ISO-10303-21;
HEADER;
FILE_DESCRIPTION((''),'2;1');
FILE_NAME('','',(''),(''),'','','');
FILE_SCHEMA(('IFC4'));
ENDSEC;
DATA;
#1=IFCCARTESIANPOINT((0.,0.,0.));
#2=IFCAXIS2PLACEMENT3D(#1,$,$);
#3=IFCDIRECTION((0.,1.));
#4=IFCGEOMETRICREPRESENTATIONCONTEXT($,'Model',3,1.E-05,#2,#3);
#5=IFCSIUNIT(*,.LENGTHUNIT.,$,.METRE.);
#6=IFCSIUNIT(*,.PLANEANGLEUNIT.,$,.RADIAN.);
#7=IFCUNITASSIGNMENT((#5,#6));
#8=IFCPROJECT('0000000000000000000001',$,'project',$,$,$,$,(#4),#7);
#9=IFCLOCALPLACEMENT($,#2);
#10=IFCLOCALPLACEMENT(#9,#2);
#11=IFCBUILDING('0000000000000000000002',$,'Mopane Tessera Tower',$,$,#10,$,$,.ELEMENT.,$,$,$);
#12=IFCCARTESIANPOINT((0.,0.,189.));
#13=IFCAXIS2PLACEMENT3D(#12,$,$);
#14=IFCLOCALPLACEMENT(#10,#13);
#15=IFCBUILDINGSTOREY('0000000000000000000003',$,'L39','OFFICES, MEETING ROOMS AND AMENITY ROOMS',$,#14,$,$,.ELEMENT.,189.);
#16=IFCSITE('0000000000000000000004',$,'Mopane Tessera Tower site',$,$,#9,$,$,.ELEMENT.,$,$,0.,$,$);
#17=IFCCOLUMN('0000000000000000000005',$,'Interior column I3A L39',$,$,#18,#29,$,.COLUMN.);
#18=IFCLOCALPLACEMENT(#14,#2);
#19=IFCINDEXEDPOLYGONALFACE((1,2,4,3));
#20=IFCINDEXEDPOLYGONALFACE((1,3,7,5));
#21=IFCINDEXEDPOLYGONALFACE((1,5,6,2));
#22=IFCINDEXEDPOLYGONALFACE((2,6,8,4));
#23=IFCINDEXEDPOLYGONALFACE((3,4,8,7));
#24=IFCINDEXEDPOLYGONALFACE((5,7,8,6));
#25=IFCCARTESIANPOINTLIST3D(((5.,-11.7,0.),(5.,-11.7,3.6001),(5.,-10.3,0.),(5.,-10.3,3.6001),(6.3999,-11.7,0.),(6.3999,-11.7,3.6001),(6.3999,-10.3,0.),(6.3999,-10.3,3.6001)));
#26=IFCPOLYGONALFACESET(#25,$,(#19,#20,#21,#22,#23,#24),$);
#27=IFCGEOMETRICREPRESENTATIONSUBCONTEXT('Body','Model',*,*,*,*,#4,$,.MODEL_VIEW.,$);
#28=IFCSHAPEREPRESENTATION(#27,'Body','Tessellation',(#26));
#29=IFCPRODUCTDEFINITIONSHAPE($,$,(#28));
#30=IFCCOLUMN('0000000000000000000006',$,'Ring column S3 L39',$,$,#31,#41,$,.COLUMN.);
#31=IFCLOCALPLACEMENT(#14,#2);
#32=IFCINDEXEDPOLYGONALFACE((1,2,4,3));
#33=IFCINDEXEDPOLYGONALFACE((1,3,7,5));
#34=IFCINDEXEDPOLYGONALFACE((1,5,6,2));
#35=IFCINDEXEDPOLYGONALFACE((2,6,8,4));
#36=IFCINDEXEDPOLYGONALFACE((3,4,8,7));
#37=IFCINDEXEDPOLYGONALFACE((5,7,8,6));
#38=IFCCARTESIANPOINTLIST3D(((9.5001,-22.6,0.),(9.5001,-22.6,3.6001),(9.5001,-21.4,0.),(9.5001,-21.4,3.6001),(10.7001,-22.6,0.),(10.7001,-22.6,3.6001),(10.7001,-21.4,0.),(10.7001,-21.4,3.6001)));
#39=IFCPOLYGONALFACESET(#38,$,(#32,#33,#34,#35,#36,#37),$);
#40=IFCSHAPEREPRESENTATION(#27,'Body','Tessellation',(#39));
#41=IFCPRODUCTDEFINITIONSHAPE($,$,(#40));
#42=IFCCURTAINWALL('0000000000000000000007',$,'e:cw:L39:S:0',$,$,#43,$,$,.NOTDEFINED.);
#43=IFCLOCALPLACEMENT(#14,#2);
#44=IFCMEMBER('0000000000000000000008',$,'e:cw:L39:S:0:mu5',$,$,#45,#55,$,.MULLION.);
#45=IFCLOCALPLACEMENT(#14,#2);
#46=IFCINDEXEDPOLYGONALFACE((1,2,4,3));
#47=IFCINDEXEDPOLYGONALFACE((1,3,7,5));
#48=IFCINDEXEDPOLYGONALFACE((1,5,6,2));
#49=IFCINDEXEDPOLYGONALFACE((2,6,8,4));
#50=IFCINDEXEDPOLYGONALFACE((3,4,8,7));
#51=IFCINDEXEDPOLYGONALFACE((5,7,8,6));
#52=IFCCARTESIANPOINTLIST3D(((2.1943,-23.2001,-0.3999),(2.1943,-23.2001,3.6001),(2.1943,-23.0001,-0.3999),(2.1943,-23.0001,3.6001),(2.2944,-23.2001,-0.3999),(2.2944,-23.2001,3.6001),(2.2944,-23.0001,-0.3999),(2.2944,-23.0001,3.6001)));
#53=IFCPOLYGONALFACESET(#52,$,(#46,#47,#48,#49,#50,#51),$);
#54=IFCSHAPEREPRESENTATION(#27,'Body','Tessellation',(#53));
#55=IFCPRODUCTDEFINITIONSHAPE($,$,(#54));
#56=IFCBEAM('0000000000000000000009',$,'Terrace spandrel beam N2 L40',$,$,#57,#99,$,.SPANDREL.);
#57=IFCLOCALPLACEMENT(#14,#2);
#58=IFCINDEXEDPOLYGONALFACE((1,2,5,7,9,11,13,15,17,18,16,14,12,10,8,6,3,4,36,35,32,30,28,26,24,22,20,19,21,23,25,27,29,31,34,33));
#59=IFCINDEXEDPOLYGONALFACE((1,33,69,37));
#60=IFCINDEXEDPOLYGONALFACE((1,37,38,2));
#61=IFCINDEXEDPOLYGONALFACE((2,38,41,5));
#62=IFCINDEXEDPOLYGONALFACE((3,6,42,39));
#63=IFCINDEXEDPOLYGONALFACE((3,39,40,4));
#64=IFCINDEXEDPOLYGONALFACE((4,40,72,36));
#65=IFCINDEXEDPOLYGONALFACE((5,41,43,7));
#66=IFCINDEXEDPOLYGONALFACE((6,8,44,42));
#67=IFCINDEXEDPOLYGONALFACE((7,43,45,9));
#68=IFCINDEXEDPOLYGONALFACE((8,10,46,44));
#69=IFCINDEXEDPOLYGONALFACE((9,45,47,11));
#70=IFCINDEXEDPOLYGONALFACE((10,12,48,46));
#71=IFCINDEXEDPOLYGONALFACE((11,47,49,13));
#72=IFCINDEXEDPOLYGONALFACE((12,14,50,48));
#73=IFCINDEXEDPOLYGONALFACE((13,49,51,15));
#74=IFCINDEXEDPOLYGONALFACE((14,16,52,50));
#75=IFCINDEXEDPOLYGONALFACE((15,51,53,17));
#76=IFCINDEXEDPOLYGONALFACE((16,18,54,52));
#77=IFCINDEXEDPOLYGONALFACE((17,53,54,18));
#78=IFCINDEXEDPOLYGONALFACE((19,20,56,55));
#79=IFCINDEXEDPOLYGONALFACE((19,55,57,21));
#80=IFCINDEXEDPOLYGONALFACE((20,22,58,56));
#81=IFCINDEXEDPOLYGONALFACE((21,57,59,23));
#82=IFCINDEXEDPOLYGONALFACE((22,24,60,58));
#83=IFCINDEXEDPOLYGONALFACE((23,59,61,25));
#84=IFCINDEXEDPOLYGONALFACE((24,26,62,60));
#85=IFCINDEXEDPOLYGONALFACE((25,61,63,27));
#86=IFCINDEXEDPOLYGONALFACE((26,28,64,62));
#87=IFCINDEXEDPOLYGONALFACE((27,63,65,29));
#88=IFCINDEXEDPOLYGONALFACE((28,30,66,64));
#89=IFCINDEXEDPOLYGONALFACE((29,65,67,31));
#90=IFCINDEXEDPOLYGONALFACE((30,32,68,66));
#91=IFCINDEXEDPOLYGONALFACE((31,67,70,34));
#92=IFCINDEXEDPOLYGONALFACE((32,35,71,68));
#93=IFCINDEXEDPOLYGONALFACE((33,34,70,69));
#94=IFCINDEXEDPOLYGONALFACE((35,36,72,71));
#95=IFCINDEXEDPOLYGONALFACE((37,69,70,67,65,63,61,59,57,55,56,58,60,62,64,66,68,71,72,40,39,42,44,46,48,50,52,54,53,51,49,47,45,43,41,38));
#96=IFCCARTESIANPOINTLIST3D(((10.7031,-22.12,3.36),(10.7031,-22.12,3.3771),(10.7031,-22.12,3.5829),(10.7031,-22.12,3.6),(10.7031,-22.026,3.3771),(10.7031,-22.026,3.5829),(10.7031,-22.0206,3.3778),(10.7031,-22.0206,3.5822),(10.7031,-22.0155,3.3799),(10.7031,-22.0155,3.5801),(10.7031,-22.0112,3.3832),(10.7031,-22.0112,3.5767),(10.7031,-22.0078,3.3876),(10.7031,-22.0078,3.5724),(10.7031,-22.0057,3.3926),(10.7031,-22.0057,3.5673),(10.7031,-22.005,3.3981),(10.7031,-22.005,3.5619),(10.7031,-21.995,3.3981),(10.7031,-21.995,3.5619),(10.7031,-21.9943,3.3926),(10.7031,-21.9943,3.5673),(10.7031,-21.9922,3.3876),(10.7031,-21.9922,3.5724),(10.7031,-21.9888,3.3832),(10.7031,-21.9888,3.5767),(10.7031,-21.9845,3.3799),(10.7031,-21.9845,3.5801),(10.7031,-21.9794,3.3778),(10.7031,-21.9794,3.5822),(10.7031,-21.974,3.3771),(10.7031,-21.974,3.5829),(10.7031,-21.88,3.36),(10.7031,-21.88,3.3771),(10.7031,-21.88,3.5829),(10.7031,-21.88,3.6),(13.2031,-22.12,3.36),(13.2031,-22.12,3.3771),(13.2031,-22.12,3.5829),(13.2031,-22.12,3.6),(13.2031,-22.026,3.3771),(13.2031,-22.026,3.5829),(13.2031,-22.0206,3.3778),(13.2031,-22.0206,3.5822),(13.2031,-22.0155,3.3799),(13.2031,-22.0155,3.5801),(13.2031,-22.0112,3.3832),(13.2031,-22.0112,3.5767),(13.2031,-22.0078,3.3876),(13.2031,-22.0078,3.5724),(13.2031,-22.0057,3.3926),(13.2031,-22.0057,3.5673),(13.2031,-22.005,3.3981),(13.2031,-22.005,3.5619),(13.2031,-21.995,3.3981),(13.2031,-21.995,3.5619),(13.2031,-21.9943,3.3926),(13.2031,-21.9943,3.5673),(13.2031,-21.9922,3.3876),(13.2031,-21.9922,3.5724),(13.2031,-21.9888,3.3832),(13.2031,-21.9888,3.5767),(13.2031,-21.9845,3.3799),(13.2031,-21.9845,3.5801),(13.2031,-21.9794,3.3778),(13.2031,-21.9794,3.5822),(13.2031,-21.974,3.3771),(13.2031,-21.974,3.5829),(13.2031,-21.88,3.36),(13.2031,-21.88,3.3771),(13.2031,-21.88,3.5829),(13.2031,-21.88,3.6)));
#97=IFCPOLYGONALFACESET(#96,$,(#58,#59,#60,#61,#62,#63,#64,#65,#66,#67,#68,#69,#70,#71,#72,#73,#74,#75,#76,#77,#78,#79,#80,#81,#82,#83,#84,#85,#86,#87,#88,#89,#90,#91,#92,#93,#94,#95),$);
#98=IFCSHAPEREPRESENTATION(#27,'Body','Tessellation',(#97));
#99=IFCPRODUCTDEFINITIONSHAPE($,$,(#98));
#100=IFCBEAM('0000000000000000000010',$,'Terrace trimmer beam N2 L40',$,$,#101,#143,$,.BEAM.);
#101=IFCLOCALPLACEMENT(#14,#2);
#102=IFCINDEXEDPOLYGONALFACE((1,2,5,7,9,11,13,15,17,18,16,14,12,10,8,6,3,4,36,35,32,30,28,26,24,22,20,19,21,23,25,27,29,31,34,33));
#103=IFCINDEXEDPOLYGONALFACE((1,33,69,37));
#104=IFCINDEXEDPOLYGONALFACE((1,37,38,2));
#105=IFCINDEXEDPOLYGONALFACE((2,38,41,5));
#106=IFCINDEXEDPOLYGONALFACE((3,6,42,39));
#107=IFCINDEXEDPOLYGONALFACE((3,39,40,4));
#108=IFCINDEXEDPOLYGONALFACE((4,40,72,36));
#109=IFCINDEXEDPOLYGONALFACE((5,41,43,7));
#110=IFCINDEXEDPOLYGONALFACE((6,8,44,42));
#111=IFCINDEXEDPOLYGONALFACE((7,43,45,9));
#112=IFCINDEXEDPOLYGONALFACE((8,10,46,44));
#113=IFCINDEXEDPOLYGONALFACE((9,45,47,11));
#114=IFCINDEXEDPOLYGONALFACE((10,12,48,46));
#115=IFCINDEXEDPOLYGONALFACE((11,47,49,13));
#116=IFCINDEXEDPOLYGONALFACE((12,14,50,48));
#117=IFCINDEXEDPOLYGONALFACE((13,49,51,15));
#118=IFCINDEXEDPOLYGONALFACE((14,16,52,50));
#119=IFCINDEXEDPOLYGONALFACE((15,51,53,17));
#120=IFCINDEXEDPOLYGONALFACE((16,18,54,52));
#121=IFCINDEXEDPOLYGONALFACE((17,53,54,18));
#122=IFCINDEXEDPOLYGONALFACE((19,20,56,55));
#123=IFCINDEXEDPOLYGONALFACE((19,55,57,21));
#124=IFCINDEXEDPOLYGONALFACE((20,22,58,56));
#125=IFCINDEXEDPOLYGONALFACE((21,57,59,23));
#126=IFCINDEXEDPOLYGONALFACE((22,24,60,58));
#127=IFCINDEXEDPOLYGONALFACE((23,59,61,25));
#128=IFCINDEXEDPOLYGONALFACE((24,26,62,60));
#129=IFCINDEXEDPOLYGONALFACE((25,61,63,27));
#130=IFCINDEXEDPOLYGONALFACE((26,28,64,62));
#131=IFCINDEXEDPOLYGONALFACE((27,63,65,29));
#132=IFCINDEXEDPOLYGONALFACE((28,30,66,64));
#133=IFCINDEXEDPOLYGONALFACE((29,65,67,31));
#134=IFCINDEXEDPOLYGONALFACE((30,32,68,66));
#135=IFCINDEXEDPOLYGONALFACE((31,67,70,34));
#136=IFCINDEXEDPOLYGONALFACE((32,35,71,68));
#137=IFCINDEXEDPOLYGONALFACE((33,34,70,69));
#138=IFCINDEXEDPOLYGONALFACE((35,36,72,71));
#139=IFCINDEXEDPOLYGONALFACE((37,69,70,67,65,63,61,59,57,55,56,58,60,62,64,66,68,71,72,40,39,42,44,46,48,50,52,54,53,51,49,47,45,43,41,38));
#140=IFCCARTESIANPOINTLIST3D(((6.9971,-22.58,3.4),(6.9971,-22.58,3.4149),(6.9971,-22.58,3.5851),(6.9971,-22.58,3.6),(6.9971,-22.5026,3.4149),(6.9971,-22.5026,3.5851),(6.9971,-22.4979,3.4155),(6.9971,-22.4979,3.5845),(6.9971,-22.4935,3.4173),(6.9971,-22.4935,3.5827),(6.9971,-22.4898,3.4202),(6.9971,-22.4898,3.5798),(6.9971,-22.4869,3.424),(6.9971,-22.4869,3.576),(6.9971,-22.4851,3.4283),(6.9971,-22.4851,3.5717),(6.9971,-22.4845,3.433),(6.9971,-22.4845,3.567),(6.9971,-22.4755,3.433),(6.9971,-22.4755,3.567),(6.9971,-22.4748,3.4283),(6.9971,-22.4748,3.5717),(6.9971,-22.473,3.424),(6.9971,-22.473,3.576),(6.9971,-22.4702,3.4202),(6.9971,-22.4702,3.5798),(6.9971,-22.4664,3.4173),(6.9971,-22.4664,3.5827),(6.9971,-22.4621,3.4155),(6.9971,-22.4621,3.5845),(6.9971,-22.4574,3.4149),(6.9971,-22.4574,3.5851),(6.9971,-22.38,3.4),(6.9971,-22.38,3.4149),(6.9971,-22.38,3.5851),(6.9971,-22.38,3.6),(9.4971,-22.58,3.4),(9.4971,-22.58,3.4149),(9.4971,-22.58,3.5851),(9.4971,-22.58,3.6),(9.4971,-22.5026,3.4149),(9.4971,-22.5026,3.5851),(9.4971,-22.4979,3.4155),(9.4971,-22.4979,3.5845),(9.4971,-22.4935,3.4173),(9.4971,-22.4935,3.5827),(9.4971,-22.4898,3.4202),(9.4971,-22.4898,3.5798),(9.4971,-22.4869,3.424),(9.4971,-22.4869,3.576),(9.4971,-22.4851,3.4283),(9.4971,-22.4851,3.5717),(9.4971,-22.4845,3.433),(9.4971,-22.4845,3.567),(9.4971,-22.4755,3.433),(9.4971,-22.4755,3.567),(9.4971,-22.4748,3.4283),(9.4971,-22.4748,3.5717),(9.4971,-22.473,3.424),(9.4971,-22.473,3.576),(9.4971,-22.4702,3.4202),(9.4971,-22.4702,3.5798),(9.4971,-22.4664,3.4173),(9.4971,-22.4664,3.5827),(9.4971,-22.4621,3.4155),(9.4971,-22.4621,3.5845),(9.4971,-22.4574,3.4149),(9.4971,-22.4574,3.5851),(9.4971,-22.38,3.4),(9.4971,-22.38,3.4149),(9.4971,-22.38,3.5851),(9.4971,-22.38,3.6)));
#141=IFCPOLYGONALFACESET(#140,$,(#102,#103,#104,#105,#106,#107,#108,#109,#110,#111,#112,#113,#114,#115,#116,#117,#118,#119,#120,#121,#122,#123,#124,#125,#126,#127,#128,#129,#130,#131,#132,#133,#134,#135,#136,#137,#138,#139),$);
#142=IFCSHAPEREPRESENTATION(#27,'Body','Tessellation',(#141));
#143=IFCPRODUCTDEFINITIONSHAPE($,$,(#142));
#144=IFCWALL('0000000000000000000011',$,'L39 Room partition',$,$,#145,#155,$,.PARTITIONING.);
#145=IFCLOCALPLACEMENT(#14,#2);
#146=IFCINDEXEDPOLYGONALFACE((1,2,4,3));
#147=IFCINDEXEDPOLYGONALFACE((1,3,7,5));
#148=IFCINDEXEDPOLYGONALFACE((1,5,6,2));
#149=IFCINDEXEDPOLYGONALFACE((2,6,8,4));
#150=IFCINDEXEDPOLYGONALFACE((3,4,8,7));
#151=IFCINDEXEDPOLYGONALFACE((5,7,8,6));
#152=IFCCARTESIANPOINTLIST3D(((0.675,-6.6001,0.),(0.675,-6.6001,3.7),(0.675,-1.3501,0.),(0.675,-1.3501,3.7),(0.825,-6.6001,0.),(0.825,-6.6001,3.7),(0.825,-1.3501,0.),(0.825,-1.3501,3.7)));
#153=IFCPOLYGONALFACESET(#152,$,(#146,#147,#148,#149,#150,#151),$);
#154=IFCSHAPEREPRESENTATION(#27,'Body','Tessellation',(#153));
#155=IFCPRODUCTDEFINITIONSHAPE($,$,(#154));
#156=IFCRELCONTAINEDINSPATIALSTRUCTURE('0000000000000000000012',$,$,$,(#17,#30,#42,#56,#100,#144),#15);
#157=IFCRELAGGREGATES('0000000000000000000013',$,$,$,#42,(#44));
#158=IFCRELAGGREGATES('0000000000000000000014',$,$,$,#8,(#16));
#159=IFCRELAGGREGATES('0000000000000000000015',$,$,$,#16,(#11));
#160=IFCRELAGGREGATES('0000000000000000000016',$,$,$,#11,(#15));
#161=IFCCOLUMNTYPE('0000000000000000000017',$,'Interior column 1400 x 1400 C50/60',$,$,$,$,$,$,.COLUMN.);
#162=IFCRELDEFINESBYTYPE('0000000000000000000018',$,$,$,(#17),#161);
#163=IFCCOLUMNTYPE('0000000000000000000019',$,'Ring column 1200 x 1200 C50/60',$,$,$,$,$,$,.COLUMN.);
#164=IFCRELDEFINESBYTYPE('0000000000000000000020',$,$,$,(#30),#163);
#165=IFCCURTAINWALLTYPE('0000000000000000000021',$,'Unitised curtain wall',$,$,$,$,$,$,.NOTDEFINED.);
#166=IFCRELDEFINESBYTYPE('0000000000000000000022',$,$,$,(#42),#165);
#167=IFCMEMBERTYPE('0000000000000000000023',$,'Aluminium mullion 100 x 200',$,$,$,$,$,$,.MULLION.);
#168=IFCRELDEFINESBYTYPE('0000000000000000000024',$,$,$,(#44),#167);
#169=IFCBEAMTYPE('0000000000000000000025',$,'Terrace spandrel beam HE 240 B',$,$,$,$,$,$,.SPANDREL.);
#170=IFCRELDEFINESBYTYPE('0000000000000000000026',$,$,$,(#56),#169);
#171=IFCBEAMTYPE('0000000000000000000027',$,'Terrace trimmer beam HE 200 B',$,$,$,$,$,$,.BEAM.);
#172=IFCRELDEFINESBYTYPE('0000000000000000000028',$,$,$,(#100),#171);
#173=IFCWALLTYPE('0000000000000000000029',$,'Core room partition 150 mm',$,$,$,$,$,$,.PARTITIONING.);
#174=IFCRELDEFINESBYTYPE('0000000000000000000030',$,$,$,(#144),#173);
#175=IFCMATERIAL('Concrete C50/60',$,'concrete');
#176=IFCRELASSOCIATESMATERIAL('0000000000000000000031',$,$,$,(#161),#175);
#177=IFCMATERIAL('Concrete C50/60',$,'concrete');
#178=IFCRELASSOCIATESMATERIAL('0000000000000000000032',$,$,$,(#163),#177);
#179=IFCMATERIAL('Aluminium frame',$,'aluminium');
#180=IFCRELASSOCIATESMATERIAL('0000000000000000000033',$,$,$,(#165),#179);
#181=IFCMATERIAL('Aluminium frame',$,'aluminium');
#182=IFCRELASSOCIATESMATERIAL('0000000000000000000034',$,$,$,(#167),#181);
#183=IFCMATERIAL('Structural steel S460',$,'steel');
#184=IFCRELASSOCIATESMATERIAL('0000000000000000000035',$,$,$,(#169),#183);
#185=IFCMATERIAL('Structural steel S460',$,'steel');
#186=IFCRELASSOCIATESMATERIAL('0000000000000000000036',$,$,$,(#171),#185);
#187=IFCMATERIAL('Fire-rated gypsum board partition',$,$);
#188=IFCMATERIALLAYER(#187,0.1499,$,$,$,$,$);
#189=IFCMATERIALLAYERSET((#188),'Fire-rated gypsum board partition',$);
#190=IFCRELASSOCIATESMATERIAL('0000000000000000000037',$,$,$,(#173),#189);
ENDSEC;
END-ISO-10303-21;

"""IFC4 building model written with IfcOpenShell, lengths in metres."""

from ifc_helpers import new_model, si_unit, direction, frame, frame_2d, origin, origin_2d, place, context, subcontext, project, spatial, rectangle, i_section, extrude, material, layer, layer_set, material_profile, profile_set, type_object, element, aggregate, save


model = new_model("IFC4")

# Units and contexts
model_context = context("Model", 3, precision=1e-05, world=origin(), true_north=direction((0.0, 1.0)))
body_context = subcontext(model_context, "Body", "Model", "MODEL_VIEW")
ifc_project = project(units=[si_unit("LENGTHUNIT", "METRE"), si_unit("PLANEANGLEUNIT", "RADIAN")], contexts=[model_context])

# Site, building, storey
site_placement = place(None, origin())
site = spatial("IfcSite", under=ifc_project, at=site_placement, Name="Mopane Tessera Tower site", CompositionType="ELEMENT", RefElevation=0.0)
building_placement = place(site_placement, origin())
building = spatial("IfcBuilding", under=site, at=building_placement, Name="Mopane Tessera Tower", CompositionType="ELEMENT")
storey_placement = place(building_placement, frame((0.0, 0.0, 189.0)))
storey = spatial("IfcBuildingStorey", under=building, at=storey_placement, Name="L39", Description="OFFICES, MEETING ROOMS AND AMENITY ROOMS", CompositionType="ELEMENT", Elevation=189.0)

# Columns
ifc_material_1 = material(Name="Concrete C50/60", Category="concrete")
ifc_material_profile_1 = material_profile(ifc_material_1, rectangle(XDim=1.3999, YDim=1.3999, at=origin_2d()))
ifc_profile_set_1 = profile_set([ifc_material_profile_1], Name="Concrete C50/60")
column_type_1 = type_object("IfcColumnType", Name="Interior column 1400 x 1400 C50/60", PredefinedType="COLUMN", material=ifc_profile_set_1)
column_1_placement = place(storey_placement, frame((5.7, -11.0, 0.0), z_axis=(0.0, 0.0, 1.0), x_axis=(1.0, 0.0, 0.0)))
element("IfcColumn", 1, at=column_1_placement, inside=storey, type_object=column_type_1, Name="Interior column I3A L39", PredefinedType="COLUMN", context=body_context, shape_type="SweptSolid", body=[
    extrude(rectangle(XDim=1.3999, YDim=1.3999, at=origin_2d()), origin(), (0.0, 0.0, 1.0), 3.6001),
])
ifc_material_2 = material(Name="Concrete C50/60", Category="concrete")
ifc_material_profile_2 = material_profile(ifc_material_2, rectangle(XDim=1.2, YDim=1.2, at=origin_2d()))
ifc_profile_set_2 = profile_set([ifc_material_profile_2], Name="Concrete C50/60")
column_type_2 = type_object("IfcColumnType", Name="Ring column 1200 x 1200 C50/60", PredefinedType="COLUMN", material=ifc_profile_set_2)
column_2_placement = place(storey_placement, frame((10.1001, -22.0, 0.0), z_axis=(0.0, 0.0, 1.0), x_axis=(1.0, 0.0, 0.0)))
element("IfcColumn", 2, at=column_2_placement, inside=storey, type_object=column_type_2, Name="Ring column S3 L39", PredefinedType="COLUMN", context=body_context, shape_type="SweptSolid", body=[
    extrude(rectangle(XDim=1.2, YDim=1.2, at=origin_2d()), origin(), (0.0, 0.0, 1.0), 3.6001),
])

# Curtain wall, member
ifc_material_3 = material(Name="Aluminium frame", Category="aluminium")
curtain_wall_type = type_object("IfcCurtainWallType", Name="Unitised curtain wall", PredefinedType="NOTDEFINED", material=ifc_material_3)
curtain_wall_placement = place(storey_placement, origin())
curtain_wall = element("IfcCurtainWall", 3, at=curtain_wall_placement, inside=storey, type_object=curtain_wall_type, Name="e:cw:L39:S:0", PredefinedType="NOTDEFINED")
ifc_material_4 = material(Name="Aluminium frame", Category="aluminium")
ifc_material_profile_3 = material_profile(ifc_material_4, rectangle(XDim=0.1001, YDim=0.2, at=origin_2d()))
ifc_profile_set_3 = profile_set([ifc_material_profile_3], Name="Aluminium frame")
member_type = type_object("IfcMemberType", Name="Aluminium mullion 100 x 200", PredefinedType="MULLION", material=ifc_profile_set_3)
member_placement = place(storey_placement, frame((2.2444, -23.1001, -0.3999), z_axis=(0.0, 0.0, 1.0), x_axis=(1.0, 0.0, 0.0)))
member = element("IfcMember", 4, at=member_placement, type_object=member_type, Name="e:cw:L39:S:0:mu5", PredefinedType="MULLION", context=body_context, shape_type="SweptSolid", body=[
    extrude(rectangle(XDim=0.1001, YDim=0.2, at=origin_2d()), origin(), (0.0, 0.0, 1.0), 4.0),
])
aggregate(curtain_wall, [member])

# Beams
ifc_material_5 = material(Name="Structural steel S460", Category="steel")
ifc_material_profile_4 = material_profile(ifc_material_5, i_section(OverallWidth=0.24, OverallDepth=0.24, WebThickness=0.01, FlangeThickness=0.0171, FilletRadius=0.021, at=origin_2d()))
ifc_profile_set_4 = profile_set([ifc_material_profile_4], Name="Structural steel S460")
beam_type_1 = type_object("IfcBeamType", Name="Terrace spandrel beam HE 240 B", PredefinedType="SPANDREL", material=ifc_profile_set_4)
beam_1_placement = place(storey_placement, frame((10.7031, -22.0, 3.48), z_axis=(1.0, 0.0, 0.0), x_axis=(0.0, 1.0, 0.0)))
element("IfcBeam", 5, at=beam_1_placement, inside=storey, type_object=beam_type_1, Name="Terrace spandrel beam N2 L40", PredefinedType="SPANDREL", context=body_context, shape_type="SweptSolid", body=[
    extrude(i_section(OverallWidth=0.24, OverallDepth=0.24, WebThickness=0.01, FlangeThickness=0.0171, FilletRadius=0.021, at=origin_2d()), origin(), (0.0, 0.0, 1.0), 2.5),
])
ifc_material_6 = material(Name="Structural steel S460", Category="steel")
ifc_material_profile_5 = material_profile(ifc_material_6, i_section(OverallWidth=0.2, OverallDepth=0.2, WebThickness=0.009, FlangeThickness=0.0149, FilletRadius=0.0181, at=origin_2d()))
ifc_profile_set_5 = profile_set([ifc_material_profile_5], Name="Structural steel S460")
beam_type_2 = type_object("IfcBeamType", Name="Terrace trimmer beam HE 200 B", PredefinedType="BEAM", material=ifc_profile_set_5)
beam_2_placement = place(storey_placement, frame((9.4971, -22.48, 3.5), z_axis=(-1.0, 0.0, 0.0), x_axis=(0.0, -1.0, 0.0)))
element("IfcBeam", 6, at=beam_2_placement, inside=storey, type_object=beam_type_2, Name="Terrace trimmer beam N2 L40", PredefinedType="BEAM", context=body_context, shape_type="SweptSolid", body=[
    extrude(i_section(OverallWidth=0.2, OverallDepth=0.2, WebThickness=0.009, FlangeThickness=0.0149, FilletRadius=0.0181, at=origin_2d()), origin(), (0.0, 0.0, 1.0), 2.5),
])

# Wall
ifc_material_7 = material(Name="Fire-rated gypsum board partition")
ifc_layer_1 = layer(ifc_material_7, 0.1499)
ifc_layer_set_1 = layer_set([ifc_layer_1], Name="Fire-rated gypsum board partition")
wall_type_1 = type_object("IfcWallType", Name="Core room partition 150 mm", PredefinedType="PARTITIONING", material=ifc_layer_set_1)
wall_1_placement = place(storey_placement, frame((0.75, -6.6001, 0.0), z_axis=(0.0, 0.0, 1.0), x_axis=(0.0, 1.0, 0.0)))
element("IfcWall", 7, at=wall_1_placement, inside=storey, type_object=wall_type_1, Name="L39 Room partition", PredefinedType="PARTITIONING", context=body_context, shape_type="SweptSolid", body=[
    extrude(rectangle(XDim=5.25, YDim=0.1499, at=frame_2d((2.625, 0.0))), origin(), (0.0, 0.0, 1.0), 3.7),
])

save(model, "model.ifc")
